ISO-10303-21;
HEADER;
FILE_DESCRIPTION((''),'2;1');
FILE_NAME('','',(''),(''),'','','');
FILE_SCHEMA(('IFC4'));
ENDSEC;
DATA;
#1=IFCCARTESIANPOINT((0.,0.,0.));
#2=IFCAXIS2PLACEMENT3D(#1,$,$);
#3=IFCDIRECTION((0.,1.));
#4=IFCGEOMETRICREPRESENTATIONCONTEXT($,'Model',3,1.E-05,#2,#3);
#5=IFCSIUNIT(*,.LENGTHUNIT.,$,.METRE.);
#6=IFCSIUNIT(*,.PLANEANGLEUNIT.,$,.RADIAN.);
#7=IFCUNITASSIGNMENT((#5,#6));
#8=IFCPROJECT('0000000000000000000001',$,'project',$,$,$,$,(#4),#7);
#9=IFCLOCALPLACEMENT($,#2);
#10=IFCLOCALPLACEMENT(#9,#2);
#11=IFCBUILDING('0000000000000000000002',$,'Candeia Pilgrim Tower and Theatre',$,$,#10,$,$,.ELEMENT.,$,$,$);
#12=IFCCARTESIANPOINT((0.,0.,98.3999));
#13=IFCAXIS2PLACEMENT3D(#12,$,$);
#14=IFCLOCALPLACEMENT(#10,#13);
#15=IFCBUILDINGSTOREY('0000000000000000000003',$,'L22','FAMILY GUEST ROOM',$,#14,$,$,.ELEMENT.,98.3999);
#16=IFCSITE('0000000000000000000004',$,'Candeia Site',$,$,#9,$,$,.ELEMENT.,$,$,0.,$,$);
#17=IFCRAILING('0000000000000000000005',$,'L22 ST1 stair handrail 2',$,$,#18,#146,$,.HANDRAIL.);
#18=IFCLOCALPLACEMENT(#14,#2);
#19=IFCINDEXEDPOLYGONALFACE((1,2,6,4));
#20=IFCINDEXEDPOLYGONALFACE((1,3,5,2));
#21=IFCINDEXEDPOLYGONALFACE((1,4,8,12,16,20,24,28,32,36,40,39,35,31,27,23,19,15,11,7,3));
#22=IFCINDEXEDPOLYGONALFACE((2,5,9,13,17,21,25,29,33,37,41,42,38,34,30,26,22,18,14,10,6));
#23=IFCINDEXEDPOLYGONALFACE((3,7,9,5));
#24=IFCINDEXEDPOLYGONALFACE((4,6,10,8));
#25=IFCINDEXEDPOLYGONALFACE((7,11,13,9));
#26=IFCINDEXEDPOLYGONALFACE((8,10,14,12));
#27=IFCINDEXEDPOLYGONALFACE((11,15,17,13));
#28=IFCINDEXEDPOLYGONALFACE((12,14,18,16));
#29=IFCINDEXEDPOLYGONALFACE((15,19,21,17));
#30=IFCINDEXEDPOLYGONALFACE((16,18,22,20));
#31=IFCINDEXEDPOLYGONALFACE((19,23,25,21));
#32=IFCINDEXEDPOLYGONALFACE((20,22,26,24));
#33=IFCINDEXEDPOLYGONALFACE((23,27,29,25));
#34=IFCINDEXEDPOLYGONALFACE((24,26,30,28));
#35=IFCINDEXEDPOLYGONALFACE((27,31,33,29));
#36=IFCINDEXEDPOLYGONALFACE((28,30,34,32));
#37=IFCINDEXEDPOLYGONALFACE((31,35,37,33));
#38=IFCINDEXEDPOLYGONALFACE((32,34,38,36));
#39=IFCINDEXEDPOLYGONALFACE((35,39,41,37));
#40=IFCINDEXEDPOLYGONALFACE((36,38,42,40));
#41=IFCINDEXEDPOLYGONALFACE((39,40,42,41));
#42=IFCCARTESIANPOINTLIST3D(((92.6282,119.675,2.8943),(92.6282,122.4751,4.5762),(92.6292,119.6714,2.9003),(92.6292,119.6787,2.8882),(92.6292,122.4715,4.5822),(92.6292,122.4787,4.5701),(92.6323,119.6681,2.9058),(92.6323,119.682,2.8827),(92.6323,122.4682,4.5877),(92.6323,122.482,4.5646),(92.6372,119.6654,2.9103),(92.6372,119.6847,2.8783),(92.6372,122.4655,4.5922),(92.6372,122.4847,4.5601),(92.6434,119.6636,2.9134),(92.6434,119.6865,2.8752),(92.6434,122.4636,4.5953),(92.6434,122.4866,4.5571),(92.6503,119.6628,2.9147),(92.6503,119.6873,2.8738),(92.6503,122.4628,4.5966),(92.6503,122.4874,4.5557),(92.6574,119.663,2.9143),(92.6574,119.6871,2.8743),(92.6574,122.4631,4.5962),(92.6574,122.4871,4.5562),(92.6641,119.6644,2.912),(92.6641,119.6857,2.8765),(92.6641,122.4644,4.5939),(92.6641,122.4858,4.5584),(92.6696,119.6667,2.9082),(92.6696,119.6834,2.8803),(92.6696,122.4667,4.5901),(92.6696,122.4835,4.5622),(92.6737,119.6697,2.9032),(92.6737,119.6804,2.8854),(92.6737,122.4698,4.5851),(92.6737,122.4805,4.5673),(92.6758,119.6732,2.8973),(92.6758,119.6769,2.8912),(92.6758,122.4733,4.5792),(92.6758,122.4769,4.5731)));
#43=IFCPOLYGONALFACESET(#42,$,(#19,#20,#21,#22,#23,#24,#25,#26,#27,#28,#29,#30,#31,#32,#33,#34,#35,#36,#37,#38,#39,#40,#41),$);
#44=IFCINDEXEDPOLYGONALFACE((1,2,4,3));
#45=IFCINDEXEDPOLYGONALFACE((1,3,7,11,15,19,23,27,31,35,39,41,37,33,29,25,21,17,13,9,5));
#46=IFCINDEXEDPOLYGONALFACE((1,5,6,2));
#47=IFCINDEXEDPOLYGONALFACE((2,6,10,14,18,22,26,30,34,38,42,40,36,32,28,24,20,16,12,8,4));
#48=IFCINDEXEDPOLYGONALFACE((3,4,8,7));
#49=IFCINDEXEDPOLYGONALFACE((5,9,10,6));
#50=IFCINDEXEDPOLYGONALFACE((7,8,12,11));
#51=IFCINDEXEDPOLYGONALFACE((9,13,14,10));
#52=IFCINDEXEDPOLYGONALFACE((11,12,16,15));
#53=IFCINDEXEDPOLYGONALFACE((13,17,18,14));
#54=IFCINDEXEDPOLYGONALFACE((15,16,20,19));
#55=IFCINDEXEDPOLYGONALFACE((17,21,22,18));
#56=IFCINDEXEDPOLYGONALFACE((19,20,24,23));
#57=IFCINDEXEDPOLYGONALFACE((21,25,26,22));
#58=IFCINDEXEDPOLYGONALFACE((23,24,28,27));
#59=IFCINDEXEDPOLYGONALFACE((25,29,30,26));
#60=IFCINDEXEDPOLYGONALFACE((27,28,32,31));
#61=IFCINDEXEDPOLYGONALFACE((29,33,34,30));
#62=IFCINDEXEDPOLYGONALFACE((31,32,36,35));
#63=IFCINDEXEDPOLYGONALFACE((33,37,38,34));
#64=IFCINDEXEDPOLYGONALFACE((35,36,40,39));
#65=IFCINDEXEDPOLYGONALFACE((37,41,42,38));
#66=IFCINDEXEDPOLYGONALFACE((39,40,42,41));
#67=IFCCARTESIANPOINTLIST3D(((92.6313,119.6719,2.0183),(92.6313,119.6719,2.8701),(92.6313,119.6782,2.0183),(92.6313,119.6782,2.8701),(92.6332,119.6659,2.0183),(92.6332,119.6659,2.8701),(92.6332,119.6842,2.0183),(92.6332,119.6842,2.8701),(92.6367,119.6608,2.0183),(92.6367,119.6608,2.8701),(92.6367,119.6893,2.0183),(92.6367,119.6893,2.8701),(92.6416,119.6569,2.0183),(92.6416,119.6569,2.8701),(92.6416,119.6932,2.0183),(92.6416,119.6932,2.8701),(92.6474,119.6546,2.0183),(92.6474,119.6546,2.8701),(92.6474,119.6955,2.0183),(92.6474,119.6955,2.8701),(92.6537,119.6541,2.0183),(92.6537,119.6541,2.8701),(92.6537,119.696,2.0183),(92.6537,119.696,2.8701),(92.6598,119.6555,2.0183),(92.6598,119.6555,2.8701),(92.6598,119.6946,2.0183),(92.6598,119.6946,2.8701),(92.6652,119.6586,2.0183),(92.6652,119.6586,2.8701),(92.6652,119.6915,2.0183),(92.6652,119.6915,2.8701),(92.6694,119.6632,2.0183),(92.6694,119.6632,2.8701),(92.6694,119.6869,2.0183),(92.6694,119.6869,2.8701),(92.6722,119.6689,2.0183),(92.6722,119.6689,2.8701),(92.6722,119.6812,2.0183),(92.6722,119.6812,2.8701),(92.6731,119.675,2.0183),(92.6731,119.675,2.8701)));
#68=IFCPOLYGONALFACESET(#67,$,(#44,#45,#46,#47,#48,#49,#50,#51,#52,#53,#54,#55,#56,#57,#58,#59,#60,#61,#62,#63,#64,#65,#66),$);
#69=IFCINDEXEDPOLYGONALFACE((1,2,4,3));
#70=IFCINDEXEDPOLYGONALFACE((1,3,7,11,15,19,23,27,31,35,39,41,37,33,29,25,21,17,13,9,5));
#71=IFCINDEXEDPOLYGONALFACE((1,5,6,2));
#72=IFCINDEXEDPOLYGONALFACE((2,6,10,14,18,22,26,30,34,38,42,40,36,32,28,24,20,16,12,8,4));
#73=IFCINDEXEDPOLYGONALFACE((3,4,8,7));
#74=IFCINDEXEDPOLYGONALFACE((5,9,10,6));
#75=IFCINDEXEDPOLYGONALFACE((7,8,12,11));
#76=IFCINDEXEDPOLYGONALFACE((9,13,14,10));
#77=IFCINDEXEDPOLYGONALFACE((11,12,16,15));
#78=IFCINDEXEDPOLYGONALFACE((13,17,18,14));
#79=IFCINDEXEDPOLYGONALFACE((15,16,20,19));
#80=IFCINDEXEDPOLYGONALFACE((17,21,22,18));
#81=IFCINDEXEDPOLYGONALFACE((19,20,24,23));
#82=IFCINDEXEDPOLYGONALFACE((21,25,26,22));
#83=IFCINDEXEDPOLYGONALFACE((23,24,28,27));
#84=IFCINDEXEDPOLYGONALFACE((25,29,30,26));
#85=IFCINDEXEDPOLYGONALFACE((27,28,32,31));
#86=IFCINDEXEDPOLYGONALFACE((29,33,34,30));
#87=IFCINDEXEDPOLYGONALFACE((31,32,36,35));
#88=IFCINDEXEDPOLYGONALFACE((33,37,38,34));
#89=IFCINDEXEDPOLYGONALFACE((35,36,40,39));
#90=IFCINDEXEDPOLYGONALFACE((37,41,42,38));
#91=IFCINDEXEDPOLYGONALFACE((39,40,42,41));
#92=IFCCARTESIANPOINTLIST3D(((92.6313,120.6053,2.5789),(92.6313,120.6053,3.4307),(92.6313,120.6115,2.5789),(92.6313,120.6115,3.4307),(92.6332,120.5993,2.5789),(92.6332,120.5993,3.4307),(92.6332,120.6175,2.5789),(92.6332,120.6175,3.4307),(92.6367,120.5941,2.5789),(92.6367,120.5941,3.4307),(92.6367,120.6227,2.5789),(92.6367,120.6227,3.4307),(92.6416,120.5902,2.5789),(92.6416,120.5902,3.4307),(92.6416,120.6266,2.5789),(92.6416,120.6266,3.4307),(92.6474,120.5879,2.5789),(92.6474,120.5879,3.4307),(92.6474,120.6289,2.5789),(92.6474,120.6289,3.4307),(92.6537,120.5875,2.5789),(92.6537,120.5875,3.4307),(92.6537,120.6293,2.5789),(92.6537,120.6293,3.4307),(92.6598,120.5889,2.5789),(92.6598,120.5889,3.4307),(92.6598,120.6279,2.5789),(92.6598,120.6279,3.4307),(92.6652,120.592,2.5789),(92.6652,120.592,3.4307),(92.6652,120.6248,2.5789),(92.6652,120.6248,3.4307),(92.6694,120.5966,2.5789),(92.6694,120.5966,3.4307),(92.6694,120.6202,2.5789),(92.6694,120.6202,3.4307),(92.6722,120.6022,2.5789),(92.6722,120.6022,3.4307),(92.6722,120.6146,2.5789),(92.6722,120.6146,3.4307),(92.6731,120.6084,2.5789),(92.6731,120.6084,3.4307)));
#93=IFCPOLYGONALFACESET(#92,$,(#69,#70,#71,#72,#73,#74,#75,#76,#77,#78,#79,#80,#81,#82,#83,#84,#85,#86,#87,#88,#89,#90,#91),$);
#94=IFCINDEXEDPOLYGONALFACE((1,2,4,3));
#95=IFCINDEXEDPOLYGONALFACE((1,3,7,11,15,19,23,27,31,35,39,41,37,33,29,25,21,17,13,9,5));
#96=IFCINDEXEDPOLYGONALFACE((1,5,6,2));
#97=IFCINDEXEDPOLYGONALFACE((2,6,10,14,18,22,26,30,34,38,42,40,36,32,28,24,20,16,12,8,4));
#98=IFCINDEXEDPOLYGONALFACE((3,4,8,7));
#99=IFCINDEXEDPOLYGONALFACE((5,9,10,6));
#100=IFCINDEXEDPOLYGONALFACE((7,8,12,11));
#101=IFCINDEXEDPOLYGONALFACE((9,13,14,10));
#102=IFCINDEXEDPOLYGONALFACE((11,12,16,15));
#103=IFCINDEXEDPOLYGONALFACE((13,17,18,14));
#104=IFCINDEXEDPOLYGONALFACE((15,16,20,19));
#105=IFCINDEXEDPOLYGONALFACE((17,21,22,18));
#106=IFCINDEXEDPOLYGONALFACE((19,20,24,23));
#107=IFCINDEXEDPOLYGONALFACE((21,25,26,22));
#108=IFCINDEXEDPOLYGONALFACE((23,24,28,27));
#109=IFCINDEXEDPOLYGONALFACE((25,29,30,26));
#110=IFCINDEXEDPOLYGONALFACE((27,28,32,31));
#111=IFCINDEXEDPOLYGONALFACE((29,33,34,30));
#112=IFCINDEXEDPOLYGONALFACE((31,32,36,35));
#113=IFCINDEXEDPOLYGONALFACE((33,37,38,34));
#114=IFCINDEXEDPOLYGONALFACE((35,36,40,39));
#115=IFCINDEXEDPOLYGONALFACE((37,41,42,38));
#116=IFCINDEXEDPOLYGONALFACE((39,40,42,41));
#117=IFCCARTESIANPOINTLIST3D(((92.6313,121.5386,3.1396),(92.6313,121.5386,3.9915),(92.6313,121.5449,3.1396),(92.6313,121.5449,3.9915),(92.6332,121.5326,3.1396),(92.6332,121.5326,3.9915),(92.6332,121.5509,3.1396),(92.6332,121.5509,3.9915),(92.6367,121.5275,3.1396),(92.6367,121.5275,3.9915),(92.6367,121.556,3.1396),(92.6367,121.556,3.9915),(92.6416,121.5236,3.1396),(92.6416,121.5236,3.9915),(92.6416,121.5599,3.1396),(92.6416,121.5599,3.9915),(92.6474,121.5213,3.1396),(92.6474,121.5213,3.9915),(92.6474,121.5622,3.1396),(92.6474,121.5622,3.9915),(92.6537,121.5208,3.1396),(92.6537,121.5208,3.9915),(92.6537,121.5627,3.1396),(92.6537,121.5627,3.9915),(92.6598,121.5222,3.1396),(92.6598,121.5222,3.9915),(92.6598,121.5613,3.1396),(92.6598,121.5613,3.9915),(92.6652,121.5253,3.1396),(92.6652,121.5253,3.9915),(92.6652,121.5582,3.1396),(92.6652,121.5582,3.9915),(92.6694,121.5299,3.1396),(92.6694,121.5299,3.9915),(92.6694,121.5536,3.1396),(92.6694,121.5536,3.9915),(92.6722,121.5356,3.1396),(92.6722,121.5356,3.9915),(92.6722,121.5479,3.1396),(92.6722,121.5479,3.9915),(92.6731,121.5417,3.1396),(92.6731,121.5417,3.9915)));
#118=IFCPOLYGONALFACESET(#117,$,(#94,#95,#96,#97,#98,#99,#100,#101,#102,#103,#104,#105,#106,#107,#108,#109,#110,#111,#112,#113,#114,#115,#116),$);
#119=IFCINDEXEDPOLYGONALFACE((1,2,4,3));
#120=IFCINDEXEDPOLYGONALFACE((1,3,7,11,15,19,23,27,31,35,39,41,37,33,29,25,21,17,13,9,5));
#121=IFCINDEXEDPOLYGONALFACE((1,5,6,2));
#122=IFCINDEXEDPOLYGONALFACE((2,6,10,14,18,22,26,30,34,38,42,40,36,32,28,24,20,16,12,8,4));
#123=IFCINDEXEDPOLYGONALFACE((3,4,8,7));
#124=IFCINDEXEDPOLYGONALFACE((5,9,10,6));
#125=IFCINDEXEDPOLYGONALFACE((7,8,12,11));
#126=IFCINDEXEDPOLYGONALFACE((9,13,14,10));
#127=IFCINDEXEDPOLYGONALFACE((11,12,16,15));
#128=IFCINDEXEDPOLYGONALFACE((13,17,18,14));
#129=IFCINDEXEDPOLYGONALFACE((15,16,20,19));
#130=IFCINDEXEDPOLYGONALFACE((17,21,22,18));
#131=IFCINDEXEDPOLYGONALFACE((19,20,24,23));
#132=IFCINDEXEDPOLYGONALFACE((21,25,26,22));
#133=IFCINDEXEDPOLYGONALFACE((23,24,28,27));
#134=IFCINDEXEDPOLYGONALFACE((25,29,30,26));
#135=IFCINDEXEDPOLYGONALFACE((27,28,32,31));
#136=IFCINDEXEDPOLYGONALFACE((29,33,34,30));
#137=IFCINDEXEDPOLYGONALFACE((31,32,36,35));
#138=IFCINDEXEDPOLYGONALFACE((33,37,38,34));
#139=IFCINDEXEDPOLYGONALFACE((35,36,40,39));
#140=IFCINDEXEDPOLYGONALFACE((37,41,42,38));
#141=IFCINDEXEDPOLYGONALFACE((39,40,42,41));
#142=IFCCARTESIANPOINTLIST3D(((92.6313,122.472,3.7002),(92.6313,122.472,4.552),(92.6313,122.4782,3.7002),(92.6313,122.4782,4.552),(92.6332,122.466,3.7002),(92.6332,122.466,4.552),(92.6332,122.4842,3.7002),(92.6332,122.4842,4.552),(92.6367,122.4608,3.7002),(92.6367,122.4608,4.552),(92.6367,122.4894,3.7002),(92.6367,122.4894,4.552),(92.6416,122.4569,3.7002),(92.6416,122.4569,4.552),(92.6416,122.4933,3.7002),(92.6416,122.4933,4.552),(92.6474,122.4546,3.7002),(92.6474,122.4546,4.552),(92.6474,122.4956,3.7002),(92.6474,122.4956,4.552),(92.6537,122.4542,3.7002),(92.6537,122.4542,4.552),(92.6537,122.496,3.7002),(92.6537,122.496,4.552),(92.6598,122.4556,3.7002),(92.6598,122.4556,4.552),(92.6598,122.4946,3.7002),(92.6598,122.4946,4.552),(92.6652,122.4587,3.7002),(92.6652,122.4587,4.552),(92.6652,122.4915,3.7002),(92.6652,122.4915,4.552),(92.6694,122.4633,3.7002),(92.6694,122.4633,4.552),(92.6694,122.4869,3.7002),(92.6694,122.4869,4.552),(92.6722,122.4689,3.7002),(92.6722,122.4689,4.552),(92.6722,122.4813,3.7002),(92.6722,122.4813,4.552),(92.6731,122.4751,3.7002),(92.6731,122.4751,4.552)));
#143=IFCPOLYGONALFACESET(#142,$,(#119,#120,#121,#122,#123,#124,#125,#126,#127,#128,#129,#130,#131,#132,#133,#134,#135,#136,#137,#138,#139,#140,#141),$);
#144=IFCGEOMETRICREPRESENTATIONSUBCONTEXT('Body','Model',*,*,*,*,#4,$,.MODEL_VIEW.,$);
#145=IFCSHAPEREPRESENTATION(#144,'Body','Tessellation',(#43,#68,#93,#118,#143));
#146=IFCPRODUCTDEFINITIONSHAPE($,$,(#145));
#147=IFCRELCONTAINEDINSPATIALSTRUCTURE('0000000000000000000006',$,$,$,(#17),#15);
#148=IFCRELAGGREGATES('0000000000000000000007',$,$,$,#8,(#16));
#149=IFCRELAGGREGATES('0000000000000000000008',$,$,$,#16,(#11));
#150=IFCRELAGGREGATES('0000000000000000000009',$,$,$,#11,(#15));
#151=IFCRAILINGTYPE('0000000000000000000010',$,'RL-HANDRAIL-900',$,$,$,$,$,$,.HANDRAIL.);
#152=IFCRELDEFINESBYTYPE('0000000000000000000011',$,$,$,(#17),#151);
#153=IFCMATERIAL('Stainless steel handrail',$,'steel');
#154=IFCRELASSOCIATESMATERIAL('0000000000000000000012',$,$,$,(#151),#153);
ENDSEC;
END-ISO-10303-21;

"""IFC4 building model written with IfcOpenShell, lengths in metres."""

from ifc_helpers import new_model, si_unit, direction, frame, origin, origin_2d, place, context, subcontext, project, spatial, circle, extrude, material, type_object, element, save


model = new_model("IFC4")

# Units and contexts
model_context = context("Model", 3, precision=1e-05, world=origin(), true_north=direction((0.0, 1.0)))
body_context = subcontext(model_context, "Body", "Model", "MODEL_VIEW")
ifc_project = project(units=[si_unit("LENGTHUNIT", "METRE"), si_unit("PLANEANGLEUNIT", "RADIAN")], contexts=[model_context])

# Site, building, storey
site_placement = place(None, origin())
site = spatial("IfcSite", under=ifc_project, at=site_placement, Name="Candeia Site", CompositionType="ELEMENT", RefElevation=0.0)
building_placement = place(site_placement, origin())
building = spatial("IfcBuilding", under=site, at=building_placement, Name="Candeia Pilgrim Tower and Theatre", CompositionType="ELEMENT")
storey_placement = place(building_placement, frame((0.0, 0.0, 98.3999)))
storey = spatial("IfcBuildingStorey", under=building, at=storey_placement, Name="L22", Description="FAMILY GUEST ROOM", CompositionType="ELEMENT", Elevation=98.3999)

# Railing
ifc_material_1 = material(Name="Stainless steel handrail", Category="steel")
railing_type_1 = type_object("IfcRailingType", Name="RL-HANDRAIL-900", PredefinedType="HANDRAIL", material=ifc_material_1)
railing_1_placement = place(storey_placement, frame((92.6521, 119.675, 2.0183)))
element("IfcRailing", 1, at=railing_1_placement, inside=storey, type_object=railing_type_1, Name="L22 ST1 stair handrail 2", PredefinedType="HANDRAIL", context=body_context, shape_type="SweptSolid", body=[
    extrude(circle(Radius=0.0239, at=origin_2d()), frame((0.0, 0.0, 0.876), z_axis=(0.0, 0.857242, 0.514913), x_axis=(-1.0, 0.0, 0.0)), (0.0, 0.0, 1.0), 3.2664),
    extrude(circle(Radius=0.021, at=origin_2d()), origin(), (0.0, 0.0, 1.0), 0.8518),
    extrude(circle(Radius=0.021, at=origin_2d()), frame((0.0, 0.9333, 0.5605)), (0.0, 0.0, 1.0), 0.8518),
    extrude(circle(Radius=0.021, at=origin_2d()), frame((0.0, 1.8667, 1.1213)), (0.0, 0.0, 1.0), 0.8518),
    extrude(circle(Radius=0.021, at=origin_2d()), frame((0.0, 2.8, 1.6819)), (0.0, 0.0, 1.0), 0.8518),
])

save(model, "model.ifc")
